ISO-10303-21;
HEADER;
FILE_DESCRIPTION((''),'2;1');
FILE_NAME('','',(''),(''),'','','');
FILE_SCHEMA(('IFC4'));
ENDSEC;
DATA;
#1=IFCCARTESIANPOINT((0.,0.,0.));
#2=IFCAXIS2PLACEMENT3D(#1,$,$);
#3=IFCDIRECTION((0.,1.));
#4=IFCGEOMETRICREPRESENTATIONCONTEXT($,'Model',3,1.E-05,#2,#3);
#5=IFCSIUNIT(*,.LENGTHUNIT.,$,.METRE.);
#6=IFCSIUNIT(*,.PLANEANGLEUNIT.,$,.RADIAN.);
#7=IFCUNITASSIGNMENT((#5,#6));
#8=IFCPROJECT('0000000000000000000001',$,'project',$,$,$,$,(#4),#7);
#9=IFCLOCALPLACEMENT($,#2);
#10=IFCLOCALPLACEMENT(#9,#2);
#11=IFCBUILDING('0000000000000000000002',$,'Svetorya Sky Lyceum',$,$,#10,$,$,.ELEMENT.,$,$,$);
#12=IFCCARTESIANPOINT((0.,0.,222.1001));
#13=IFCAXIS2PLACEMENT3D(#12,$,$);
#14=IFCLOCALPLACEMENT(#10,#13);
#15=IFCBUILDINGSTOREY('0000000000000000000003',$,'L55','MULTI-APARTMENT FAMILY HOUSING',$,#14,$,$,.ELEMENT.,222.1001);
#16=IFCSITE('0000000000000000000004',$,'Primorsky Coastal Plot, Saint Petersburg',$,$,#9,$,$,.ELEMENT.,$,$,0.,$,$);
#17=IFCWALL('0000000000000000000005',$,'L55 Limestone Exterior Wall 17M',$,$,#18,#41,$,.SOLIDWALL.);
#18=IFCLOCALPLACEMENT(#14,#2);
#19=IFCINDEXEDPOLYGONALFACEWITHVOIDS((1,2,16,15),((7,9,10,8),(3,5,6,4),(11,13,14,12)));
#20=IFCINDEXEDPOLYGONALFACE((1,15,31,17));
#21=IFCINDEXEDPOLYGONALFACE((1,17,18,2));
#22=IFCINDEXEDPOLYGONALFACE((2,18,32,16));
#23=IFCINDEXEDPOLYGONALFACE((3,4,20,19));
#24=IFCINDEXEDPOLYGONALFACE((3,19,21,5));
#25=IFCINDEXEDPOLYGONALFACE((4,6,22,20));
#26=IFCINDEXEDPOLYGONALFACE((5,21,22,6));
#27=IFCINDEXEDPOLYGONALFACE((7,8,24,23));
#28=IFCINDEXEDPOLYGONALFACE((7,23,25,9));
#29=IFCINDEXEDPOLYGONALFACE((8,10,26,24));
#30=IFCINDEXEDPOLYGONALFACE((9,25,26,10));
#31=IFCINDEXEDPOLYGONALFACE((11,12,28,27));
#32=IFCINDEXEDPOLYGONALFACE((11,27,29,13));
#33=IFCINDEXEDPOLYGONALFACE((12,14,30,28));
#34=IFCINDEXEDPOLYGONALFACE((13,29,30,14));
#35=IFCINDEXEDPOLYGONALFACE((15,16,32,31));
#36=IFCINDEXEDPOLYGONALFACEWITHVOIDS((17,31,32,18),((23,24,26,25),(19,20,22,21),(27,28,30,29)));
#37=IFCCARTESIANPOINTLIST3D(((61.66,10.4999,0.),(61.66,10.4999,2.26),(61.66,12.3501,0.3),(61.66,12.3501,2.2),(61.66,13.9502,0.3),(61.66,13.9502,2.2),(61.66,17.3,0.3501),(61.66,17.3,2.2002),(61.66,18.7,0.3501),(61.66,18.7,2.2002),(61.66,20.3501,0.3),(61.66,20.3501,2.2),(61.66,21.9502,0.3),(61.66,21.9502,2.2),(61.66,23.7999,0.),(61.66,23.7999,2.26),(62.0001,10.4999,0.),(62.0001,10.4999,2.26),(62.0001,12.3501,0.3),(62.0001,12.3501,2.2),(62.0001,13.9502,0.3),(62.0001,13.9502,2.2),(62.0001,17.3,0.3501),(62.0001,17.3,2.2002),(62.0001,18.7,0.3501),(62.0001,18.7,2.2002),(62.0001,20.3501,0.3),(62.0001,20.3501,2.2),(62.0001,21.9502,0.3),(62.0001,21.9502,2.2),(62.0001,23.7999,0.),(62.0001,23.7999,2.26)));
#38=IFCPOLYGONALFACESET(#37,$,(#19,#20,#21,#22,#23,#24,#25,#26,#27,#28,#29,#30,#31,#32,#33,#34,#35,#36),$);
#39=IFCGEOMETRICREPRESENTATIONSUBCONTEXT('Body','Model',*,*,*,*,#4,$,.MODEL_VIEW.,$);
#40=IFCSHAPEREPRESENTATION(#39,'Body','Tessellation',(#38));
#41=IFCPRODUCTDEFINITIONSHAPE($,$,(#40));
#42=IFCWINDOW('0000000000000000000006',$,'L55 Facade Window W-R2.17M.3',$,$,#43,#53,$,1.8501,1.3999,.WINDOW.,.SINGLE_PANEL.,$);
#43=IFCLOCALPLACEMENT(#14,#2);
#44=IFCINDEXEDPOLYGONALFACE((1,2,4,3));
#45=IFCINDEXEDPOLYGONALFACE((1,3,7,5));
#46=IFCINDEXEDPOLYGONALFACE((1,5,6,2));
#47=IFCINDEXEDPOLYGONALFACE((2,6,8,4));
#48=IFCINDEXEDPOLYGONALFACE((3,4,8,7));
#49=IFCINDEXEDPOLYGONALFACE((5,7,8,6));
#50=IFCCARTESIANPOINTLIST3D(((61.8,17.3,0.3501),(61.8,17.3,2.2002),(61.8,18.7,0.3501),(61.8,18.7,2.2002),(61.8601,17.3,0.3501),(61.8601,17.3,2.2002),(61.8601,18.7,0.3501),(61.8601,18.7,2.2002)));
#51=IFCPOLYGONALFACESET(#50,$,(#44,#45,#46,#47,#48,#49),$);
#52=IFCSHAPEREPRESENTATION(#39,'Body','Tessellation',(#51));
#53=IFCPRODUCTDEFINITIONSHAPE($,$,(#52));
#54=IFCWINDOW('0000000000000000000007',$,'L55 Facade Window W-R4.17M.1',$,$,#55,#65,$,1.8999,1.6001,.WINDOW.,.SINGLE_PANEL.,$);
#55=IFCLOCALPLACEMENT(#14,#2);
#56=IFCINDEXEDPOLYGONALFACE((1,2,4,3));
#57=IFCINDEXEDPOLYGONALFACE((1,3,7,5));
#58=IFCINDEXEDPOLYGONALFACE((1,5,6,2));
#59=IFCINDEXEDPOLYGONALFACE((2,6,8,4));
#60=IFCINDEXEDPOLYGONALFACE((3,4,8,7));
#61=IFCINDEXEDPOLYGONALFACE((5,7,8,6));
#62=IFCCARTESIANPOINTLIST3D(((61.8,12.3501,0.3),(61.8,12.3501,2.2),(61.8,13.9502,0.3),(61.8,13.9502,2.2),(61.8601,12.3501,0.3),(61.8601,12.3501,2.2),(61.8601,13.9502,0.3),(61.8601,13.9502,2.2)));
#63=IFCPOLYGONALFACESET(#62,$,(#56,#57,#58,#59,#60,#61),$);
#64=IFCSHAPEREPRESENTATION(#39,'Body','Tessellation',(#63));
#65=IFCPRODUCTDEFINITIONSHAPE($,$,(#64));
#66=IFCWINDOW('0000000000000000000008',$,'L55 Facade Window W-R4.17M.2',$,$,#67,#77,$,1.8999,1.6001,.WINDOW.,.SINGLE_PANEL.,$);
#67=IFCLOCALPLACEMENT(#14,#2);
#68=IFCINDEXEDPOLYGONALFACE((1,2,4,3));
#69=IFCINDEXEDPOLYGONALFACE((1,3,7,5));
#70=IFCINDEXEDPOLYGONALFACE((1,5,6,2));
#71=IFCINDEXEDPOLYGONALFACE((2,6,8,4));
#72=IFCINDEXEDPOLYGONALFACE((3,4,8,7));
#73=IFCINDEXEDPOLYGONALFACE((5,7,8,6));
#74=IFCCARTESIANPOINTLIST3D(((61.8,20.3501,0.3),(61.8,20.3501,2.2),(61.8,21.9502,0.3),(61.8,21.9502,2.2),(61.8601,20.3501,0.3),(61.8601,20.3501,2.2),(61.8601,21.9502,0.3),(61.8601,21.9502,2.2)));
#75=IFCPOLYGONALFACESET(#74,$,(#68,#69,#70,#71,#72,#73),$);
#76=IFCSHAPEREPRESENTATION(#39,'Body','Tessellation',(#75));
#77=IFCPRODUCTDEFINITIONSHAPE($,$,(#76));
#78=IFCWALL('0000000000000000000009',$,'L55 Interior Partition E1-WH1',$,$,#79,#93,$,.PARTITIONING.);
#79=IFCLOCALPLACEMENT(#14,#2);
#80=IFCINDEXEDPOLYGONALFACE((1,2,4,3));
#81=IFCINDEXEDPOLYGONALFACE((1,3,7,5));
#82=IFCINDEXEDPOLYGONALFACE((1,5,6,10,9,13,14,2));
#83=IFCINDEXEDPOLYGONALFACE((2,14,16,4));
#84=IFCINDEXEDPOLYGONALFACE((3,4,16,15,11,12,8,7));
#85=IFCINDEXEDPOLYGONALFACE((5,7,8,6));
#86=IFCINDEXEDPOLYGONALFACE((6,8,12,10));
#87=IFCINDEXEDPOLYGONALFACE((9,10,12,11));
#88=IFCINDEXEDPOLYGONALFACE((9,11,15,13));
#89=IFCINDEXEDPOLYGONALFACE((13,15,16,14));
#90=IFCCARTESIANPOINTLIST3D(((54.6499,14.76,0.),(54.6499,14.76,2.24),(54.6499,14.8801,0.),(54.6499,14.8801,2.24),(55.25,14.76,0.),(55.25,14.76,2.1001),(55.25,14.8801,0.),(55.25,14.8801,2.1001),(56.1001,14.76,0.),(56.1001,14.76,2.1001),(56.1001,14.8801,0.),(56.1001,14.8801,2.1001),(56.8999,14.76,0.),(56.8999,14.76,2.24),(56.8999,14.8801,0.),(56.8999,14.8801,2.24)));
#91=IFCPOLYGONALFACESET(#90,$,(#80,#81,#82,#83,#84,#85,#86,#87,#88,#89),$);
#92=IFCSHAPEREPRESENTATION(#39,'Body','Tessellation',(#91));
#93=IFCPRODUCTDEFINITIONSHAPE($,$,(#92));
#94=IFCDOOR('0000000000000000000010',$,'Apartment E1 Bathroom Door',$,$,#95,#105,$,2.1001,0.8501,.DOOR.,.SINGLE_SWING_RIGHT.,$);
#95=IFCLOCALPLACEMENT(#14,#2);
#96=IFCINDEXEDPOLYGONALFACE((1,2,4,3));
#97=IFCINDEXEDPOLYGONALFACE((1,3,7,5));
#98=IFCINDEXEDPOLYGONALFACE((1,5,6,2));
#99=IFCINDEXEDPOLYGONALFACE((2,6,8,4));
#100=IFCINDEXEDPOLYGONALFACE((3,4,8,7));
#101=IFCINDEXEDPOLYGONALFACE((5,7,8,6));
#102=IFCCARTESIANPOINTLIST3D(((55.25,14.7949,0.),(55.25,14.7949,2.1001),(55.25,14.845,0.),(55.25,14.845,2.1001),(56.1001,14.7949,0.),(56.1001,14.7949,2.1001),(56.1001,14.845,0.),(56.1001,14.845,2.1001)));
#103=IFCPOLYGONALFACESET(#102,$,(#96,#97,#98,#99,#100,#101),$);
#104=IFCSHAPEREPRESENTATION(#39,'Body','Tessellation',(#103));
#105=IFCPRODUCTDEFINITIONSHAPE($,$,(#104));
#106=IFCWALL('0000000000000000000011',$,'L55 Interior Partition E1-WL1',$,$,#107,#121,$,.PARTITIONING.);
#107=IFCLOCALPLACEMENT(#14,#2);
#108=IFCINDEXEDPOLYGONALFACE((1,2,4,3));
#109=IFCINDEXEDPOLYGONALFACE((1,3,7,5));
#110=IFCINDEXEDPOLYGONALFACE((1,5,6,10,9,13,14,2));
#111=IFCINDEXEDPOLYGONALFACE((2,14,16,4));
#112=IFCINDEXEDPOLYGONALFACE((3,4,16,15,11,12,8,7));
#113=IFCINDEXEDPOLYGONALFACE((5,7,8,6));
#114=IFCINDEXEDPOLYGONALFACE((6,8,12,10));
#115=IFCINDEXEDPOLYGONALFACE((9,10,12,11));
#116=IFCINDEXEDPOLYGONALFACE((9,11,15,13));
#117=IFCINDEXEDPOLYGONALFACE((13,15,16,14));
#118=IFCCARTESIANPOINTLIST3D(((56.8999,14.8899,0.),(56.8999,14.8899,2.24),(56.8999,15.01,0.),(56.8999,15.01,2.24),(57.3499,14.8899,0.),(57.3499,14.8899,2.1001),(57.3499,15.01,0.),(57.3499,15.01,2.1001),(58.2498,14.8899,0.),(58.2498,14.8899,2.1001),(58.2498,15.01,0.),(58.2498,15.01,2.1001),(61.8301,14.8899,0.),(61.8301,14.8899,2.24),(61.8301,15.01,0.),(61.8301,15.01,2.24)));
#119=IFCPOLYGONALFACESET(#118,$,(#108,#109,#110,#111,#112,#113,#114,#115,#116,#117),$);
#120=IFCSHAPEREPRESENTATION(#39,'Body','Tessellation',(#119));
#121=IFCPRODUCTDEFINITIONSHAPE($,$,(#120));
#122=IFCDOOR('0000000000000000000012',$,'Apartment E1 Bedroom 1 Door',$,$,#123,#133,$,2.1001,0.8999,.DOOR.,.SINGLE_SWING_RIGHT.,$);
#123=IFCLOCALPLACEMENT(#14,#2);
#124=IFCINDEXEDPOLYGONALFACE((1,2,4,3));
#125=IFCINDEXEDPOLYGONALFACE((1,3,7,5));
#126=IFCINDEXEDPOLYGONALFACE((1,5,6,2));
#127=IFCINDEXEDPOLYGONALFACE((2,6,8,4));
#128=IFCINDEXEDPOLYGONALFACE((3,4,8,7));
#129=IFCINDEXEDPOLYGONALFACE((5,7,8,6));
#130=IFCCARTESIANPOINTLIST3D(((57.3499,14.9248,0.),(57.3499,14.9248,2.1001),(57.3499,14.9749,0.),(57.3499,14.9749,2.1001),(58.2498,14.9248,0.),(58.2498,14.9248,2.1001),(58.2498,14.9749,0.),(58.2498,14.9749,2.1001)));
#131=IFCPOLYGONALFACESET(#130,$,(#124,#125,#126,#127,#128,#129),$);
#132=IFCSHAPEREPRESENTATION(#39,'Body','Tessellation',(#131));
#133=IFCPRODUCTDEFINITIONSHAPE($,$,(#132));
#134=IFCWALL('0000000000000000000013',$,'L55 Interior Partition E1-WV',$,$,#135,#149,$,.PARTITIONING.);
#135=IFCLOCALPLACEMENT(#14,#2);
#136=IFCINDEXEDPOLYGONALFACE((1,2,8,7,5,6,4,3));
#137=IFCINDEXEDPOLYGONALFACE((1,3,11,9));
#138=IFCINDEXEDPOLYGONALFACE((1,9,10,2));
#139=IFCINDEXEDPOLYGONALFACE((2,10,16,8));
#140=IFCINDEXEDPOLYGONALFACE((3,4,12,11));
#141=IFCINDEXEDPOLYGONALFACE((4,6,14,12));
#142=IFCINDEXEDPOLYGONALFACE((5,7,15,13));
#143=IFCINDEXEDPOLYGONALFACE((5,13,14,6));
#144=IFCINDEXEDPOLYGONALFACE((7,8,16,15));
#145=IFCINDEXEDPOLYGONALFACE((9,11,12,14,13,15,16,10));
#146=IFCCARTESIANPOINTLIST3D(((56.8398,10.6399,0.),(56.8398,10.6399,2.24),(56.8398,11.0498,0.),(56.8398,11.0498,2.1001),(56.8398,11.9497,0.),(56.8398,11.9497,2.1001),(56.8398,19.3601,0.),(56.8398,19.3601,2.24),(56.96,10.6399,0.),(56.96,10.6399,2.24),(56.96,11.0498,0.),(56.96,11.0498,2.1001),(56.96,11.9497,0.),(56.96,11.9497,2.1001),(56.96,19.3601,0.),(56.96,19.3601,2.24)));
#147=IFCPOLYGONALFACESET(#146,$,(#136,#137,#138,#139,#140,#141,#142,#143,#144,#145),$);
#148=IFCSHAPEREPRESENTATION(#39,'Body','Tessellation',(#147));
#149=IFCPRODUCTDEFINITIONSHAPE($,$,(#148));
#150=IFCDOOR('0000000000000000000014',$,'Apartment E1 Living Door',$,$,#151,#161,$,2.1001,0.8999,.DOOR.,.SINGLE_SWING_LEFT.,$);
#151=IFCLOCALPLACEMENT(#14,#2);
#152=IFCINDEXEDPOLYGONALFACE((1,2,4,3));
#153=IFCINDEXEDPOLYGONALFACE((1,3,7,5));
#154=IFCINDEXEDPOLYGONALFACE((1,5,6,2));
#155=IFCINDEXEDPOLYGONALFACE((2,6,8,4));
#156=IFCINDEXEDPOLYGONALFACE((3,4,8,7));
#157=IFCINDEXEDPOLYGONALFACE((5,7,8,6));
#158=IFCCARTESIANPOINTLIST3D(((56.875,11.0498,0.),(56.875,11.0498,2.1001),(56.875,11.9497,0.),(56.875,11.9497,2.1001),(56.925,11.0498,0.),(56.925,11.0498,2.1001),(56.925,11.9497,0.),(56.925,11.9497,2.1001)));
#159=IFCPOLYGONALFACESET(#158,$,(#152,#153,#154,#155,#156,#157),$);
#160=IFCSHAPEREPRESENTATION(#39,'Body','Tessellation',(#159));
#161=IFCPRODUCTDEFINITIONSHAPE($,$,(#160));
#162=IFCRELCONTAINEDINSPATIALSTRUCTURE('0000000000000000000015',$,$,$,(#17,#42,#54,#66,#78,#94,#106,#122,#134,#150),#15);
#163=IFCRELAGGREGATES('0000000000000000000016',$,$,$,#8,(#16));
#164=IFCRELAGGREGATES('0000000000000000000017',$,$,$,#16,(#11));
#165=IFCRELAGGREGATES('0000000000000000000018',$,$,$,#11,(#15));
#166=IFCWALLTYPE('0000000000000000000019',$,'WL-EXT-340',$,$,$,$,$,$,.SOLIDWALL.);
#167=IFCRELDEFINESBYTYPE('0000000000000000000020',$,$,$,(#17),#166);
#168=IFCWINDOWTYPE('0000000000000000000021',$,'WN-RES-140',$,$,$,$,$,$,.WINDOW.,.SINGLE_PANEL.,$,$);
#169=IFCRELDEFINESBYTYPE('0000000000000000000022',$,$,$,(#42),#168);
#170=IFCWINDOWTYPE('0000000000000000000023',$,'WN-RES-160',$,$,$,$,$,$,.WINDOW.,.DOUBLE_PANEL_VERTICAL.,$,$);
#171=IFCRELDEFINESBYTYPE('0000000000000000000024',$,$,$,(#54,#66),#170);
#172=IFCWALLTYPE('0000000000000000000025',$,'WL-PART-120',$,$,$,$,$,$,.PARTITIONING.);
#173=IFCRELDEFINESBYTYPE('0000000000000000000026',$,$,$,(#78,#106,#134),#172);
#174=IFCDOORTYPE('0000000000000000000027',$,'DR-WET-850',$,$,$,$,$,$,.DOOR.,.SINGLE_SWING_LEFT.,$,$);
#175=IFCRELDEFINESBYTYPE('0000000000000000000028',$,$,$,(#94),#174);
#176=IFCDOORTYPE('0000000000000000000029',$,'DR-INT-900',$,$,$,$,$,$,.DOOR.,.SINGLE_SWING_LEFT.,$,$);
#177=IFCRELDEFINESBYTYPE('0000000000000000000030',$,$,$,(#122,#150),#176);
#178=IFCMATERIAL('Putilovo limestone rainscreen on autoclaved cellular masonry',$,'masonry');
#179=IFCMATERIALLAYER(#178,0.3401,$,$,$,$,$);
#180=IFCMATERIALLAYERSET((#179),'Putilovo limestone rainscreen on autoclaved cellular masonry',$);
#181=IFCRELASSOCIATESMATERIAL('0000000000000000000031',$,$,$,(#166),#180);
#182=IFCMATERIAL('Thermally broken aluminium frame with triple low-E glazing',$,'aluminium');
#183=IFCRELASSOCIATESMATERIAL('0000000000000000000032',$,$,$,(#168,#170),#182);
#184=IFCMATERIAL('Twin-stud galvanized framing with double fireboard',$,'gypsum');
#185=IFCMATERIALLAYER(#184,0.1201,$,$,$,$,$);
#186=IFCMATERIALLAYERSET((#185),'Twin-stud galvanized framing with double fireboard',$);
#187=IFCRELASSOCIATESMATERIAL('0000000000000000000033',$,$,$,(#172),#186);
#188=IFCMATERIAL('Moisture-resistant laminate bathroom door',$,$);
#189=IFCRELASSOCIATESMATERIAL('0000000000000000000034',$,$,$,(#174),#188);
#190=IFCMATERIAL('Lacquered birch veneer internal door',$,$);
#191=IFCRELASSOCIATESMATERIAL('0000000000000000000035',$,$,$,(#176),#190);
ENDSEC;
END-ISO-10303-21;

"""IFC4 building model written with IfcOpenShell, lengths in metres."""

from ifc_helpers import new_model, si_unit, direction, frame, frame_2d, origin, place, context, subcontext, project, spatial, rectangle, extrude, material, layer, layer_set, type_object, element, fill, save


model = new_model("IFC4")

# Units and contexts
model_context = context("Model", 3, precision=1e-05, world=origin(), true_north=direction((0.0, 1.0)))
body_context = subcontext(model_context, "Body", "Model", "MODEL_VIEW")
ifc_project = project(units=[si_unit("LENGTHUNIT", "METRE"), si_unit("PLANEANGLEUNIT", "RADIAN")], contexts=[model_context])

# Site, building, storey
site_placement = place(None, origin())
site = spatial("IfcSite", under=ifc_project, at=site_placement, Name="Primorsky Coastal Plot, Saint Petersburg", CompositionType="ELEMENT", RefElevation=0.0)
building_placement = place(site_placement, origin())
building = spatial("IfcBuilding", under=site, at=building_placement, Name="Svetorya Sky Lyceum", CompositionType="ELEMENT")
storey_placement = place(building_placement, frame((0.0, 0.0, 222.1001)))
storey = spatial("IfcBuildingStorey", under=building, at=storey_placement, Name="L55", Description="MULTI-APARTMENT FAMILY HOUSING", CompositionType="ELEMENT", Elevation=222.1001)

# Shared definitions
ifc_material_1 = material(Name="Putilovo limestone rainscreen on autoclaved cellular masonry", Category="masonry")
ifc_layer_1 = layer(ifc_material_1, 0.3401)
ifc_layer_set_1 = layer_set([ifc_layer_1], Name="Putilovo limestone rainscreen on autoclaved cellular masonry")
wall_type_1 = type_object("IfcWallType", Name="WL-EXT-340", PredefinedType="SOLIDWALL", material=ifc_layer_set_1)

# Wall, openings, windows
wall_1_placement = place(storey_placement, frame((61.8301, 10.5, 0.0), z_axis=(0.0, 0.0, 1.0), x_axis=(0.0, 1.0, 0.0)))
wall_1 = element("IfcWall", 1, at=wall_1_placement, inside=storey, type_object=wall_type_1, Name="L55 Limestone Exterior Wall 17M", PredefinedType="SOLIDWALL", context=body_context, shape_type="SweptSolid", body=[
    extrude(rectangle(XDim=13.3, YDim=0.3401, at=frame_2d((6.6499, 0.0))), origin(), (0.0, 0.0, 1.0), 2.26),
])
opening_1_placement = place(wall_1_placement, frame((1.8501, 0.0, 0.3)))
opening_1 = element("IfcOpeningElement", 2, at=opening_1_placement, cuts=wall_1, PredefinedType="OPENING", context=body_context, shape_type="SweptSolid", body=[
    extrude(rectangle(XDim=1.6001, YDim=1.8999, at=frame_2d((0.8, 0.95))), frame((0.0, 0.1799, 0.0), z_axis=(0.0, -1.0, 0.0), x_axis=(1.0, 0.0, 0.0)), (0.0, 0.0, 1.0), 0.3601),
])
opening_2_placement = place(wall_1_placement, frame((6.8, 0.0, 0.3501)))
opening_2 = element("IfcOpeningElement", 3, at=opening_2_placement, cuts=wall_1, PredefinedType="OPENING", context=body_context, shape_type="SweptSolid", body=[
    extrude(rectangle(XDim=1.3999, YDim=1.8501, at=frame_2d((0.7, 0.925))), frame((0.0, 0.1799, 0.0), z_axis=(0.0, -1.0, 0.0), x_axis=(1.0, 0.0, 0.0)), (0.0, 0.0, 1.0), 0.3601),
])
opening_3_placement = place(wall_1_placement, frame((9.8501, 0.0, 0.3)))
opening_3 = element("IfcOpeningElement", 4, at=opening_3_placement, cuts=wall_1, PredefinedType="OPENING", context=body_context, shape_type="SweptSolid", body=[
    extrude(rectangle(XDim=1.6001, YDim=1.8999, at=frame_2d((0.8, 0.95))), frame((0.0, 0.1799, 0.0), z_axis=(0.0, -1.0, 0.0), x_axis=(1.0, 0.0, 0.0)), (0.0, 0.0, 1.0), 0.3601),
])
ifc_material_2 = material(Name="Thermally broken aluminium frame with triple low-E glazing", Category="aluminium")
window_type_1 = type_object("IfcWindowType", Name="WN-RES-140", PartitioningType="SINGLE_PANEL", PredefinedType="WINDOW", material=ifc_material_2)
window_1_placement = place(opening_2_placement, origin())
window_1 = element("IfcWindow", 5, at=window_1_placement, inside=storey, type_object=window_type_1, Name="L55 Facade Window W-R2.17M.3", OverallHeight=1.8501, OverallWidth=1.3999, PartitioningType="SINGLE_PANEL", PredefinedType="WINDOW", context=body_context, shape_type="SweptSolid", body=[
    extrude(rectangle(XDim=1.3999, YDim=1.8501, at=frame_2d((0.7, 0.925))), frame((0.0, 0.03, 0.0), z_axis=(0.0, -1.0, 0.0), x_axis=(1.0, 0.0, 0.0)), (0.0, 0.0, 1.0), 0.0601),
])
fill(opening_2, window_1)
window_type_2 = type_object("IfcWindowType", Name="WN-RES-160", PartitioningType="DOUBLE_PANEL_VERTICAL", PredefinedType="WINDOW", material=ifc_material_2)
window_2_placement = place(opening_1_placement, origin())
window_2 = element("IfcWindow", 6, at=window_2_placement, inside=storey, type_object=window_type_2, Name="L55 Facade Window W-R4.17M.1", OverallHeight=1.8999, OverallWidth=1.6001, PartitioningType="SINGLE_PANEL", PredefinedType="WINDOW", context=body_context, shape_type="SweptSolid", body=[
    extrude(rectangle(XDim=1.6001, YDim=1.8999, at=frame_2d((0.8, 0.95))), frame((0.0, 0.03, 0.0), z_axis=(0.0, -1.0, 0.0), x_axis=(1.0, 0.0, 0.0)), (0.0, 0.0, 1.0), 0.0601),
])
fill(opening_1, window_2)
window_3_placement = place(opening_3_placement, origin())
window_3 = element("IfcWindow", 7, at=window_3_placement, inside=storey, type_object=window_type_2, Name="L55 Facade Window W-R4.17M.2", OverallHeight=1.8999, OverallWidth=1.6001, PartitioningType="SINGLE_PANEL", PredefinedType="WINDOW", context=body_context, shape_type="SweptSolid", body=[
    extrude(rectangle(XDim=1.6001, YDim=1.8999, at=frame_2d((0.8, 0.95))), frame((0.0, 0.03, 0.0), z_axis=(0.0, -1.0, 0.0), x_axis=(1.0, 0.0, 0.0)), (0.0, 0.0, 1.0), 0.0601),
])
fill(opening_3, window_3)

# Walls, openings, doors
ifc_material_3 = material(Name="Twin-stud galvanized framing with double fireboard", Category="gypsum")
ifc_layer_2 = layer(ifc_material_3, 0.1201)
ifc_layer_set_2 = layer_set([ifc_layer_2], Name="Twin-stud galvanized framing with double fireboard")
wall_type_2 = type_object("IfcWallType", Name="WL-PART-120", PredefinedType="PARTITIONING", material=ifc_layer_set_2)
wall_2_placement = place(storey_placement, frame((54.6499, 14.8201, 0.0), z_axis=(0.0, 0.0, 1.0), x_axis=(1.0, 0.0, 0.0)))
wall_2 = element("IfcWall", 8, at=wall_2_placement, inside=storey, type_object=wall_type_2, Name="L55 Interior Partition E1-WH1", PredefinedType="PARTITIONING", context=body_context, shape_type="SweptSolid", body=[
    extrude(rectangle(XDim=2.25, YDim=0.1201, at=frame_2d((1.125, 0.0))), origin(), (0.0, 0.0, 1.0), 2.24),
])
opening_4_placement = place(wall_2_placement, frame((0.6001, 0.0, 0.0)))
opening_4 = element("IfcOpeningElement", 9, at=opening_4_placement, cuts=wall_2, PredefinedType="OPENING", context=body_context, shape_type="SweptSolid", body=[
    extrude(rectangle(XDim=0.8501, YDim=2.1001, at=frame_2d((0.425, 1.05))), frame((0.0, 0.0701, 0.0), z_axis=(0.0, -1.0, 0.0), x_axis=(1.0, 0.0, 0.0)), (0.0, 0.0, 1.0), 0.1401),
])
ifc_material_4 = material(Name="Moisture-resistant laminate bathroom door")
door_type_1 = type_object("IfcDoorType", Name="DR-WET-850", OperationType="SINGLE_SWING_LEFT", PredefinedType="DOOR", material=ifc_material_4)
door_1_placement = place(opening_4_placement, origin())
door_1 = element("IfcDoor", 10, at=door_1_placement, inside=storey, type_object=door_type_1, Name="Apartment E1 Bathroom Door", OperationType="SINGLE_SWING_RIGHT", OverallHeight=2.1001, OverallWidth=0.8501, PredefinedType="DOOR", context=body_context, shape_type="SweptSolid", body=[
    extrude(rectangle(XDim=0.8501, YDim=2.1001, at=frame_2d((0.425, 1.05))), frame((0.0, 0.0249, 0.0), z_axis=(0.0, -1.0, 0.0), x_axis=(1.0, 0.0, 0.0)), (0.0, 0.0, 1.0), 0.05),
])
fill(opening_4, door_1)
wall_3_placement = place(storey_placement, frame((56.8999, 14.95, 0.0), z_axis=(0.0, 0.0, 1.0), x_axis=(1.0, 0.0, 0.0)))
wall_3 = element("IfcWall", 11, at=wall_3_placement, inside=storey, type_object=wall_type_2, Name="L55 Interior Partition E1-WL1", PredefinedType="PARTITIONING", context=body_context, shape_type="SweptSolid", body=[
    extrude(rectangle(XDim=4.9302, YDim=0.1201, at=frame_2d((2.4651, 0.0))), origin(), (0.0, 0.0, 1.0), 2.24),
])
opening_5_placement = place(wall_3_placement, frame((0.45, 0.0, 0.0)))
opening_5 = element("IfcOpeningElement", 12, at=opening_5_placement, cuts=wall_3, PredefinedType="OPENING", context=body_context, shape_type="SweptSolid", body=[
    extrude(rectangle(XDim=0.8999, YDim=2.1001, at=frame_2d((0.45, 1.05))), frame((0.0, 0.0701, 0.0), z_axis=(0.0, -1.0, 0.0), x_axis=(1.0, 0.0, 0.0)), (0.0, 0.0, 1.0), 0.1401),
])
ifc_material_5 = material(Name="Lacquered birch veneer internal door")
door_type_2 = type_object("IfcDoorType", Name="DR-INT-900", OperationType="SINGLE_SWING_LEFT", PredefinedType="DOOR", material=ifc_material_5)
door_2_placement = place(opening_5_placement, origin())
door_2 = element("IfcDoor", 13, at=door_2_placement, inside=storey, type_object=door_type_2, Name="Apartment E1 Bedroom 1 Door", OperationType="SINGLE_SWING_RIGHT", OverallHeight=2.1001, OverallWidth=0.8999, PredefinedType="DOOR", context=body_context, shape_type="SweptSolid", body=[
    extrude(rectangle(XDim=0.8999, YDim=2.1001, at=frame_2d((0.45, 1.05))), frame((0.0, 0.0249, 0.0), z_axis=(0.0, -1.0, 0.0), x_axis=(1.0, 0.0, 0.0)), (0.0, 0.0, 1.0), 0.05),
])
fill(opening_5, door_2)
wall_4_placement = place(storey_placement, frame((56.8999, 10.6399, 0.0), z_axis=(0.0, 0.0, 1.0), x_axis=(0.0, 1.0, 0.0)))
wall_4 = element("IfcWall", 14, at=wall_4_placement, inside=storey, type_object=wall_type_2, Name="L55 Interior Partition E1-WV", PredefinedType="PARTITIONING", context=body_context, shape_type="SweptSolid", body=[
    extrude(rectangle(XDim=8.7202, YDim=0.1201, at=frame_2d((4.3601, 0.0))), origin(), (0.0, 0.0, 1.0), 2.24),
])
opening_6_placement = place(wall_4_placement, frame((0.4099, 0.0, 0.0)))
opening_6 = element("IfcOpeningElement", 15, at=opening_6_placement, cuts=wall_4, PredefinedType="OPENING", context=body_context, shape_type="SweptSolid", body=[
    extrude(rectangle(XDim=0.8999, YDim=2.1001, at=frame_2d((0.45, 1.05))), frame((0.0, 0.0701, 0.0), z_axis=(0.0, -1.0, 0.0), x_axis=(1.0, 0.0, 0.0)), (0.0, 0.0, 1.0), 0.1401),
])
door_3_placement = place(opening_6_placement, origin())
door_3 = element("IfcDoor", 16, at=door_3_placement, inside=storey, type_object=door_type_2, Name="Apartment E1 Living Door", OperationType="SINGLE_SWING_LEFT", OverallHeight=2.1001, OverallWidth=0.8999, PredefinedType="DOOR", context=body_context, shape_type="SweptSolid", body=[
    extrude(rectangle(XDim=0.8999, YDim=2.1001, at=frame_2d((0.45, 1.05))), frame((0.0, 0.0249, 0.0), z_axis=(0.0, -1.0, 0.0), x_axis=(1.0, 0.0, 0.0)), (0.0, 0.0, 1.0), 0.05),
])
fill(opening_6, door_3)

save(model, "model.ifc")
